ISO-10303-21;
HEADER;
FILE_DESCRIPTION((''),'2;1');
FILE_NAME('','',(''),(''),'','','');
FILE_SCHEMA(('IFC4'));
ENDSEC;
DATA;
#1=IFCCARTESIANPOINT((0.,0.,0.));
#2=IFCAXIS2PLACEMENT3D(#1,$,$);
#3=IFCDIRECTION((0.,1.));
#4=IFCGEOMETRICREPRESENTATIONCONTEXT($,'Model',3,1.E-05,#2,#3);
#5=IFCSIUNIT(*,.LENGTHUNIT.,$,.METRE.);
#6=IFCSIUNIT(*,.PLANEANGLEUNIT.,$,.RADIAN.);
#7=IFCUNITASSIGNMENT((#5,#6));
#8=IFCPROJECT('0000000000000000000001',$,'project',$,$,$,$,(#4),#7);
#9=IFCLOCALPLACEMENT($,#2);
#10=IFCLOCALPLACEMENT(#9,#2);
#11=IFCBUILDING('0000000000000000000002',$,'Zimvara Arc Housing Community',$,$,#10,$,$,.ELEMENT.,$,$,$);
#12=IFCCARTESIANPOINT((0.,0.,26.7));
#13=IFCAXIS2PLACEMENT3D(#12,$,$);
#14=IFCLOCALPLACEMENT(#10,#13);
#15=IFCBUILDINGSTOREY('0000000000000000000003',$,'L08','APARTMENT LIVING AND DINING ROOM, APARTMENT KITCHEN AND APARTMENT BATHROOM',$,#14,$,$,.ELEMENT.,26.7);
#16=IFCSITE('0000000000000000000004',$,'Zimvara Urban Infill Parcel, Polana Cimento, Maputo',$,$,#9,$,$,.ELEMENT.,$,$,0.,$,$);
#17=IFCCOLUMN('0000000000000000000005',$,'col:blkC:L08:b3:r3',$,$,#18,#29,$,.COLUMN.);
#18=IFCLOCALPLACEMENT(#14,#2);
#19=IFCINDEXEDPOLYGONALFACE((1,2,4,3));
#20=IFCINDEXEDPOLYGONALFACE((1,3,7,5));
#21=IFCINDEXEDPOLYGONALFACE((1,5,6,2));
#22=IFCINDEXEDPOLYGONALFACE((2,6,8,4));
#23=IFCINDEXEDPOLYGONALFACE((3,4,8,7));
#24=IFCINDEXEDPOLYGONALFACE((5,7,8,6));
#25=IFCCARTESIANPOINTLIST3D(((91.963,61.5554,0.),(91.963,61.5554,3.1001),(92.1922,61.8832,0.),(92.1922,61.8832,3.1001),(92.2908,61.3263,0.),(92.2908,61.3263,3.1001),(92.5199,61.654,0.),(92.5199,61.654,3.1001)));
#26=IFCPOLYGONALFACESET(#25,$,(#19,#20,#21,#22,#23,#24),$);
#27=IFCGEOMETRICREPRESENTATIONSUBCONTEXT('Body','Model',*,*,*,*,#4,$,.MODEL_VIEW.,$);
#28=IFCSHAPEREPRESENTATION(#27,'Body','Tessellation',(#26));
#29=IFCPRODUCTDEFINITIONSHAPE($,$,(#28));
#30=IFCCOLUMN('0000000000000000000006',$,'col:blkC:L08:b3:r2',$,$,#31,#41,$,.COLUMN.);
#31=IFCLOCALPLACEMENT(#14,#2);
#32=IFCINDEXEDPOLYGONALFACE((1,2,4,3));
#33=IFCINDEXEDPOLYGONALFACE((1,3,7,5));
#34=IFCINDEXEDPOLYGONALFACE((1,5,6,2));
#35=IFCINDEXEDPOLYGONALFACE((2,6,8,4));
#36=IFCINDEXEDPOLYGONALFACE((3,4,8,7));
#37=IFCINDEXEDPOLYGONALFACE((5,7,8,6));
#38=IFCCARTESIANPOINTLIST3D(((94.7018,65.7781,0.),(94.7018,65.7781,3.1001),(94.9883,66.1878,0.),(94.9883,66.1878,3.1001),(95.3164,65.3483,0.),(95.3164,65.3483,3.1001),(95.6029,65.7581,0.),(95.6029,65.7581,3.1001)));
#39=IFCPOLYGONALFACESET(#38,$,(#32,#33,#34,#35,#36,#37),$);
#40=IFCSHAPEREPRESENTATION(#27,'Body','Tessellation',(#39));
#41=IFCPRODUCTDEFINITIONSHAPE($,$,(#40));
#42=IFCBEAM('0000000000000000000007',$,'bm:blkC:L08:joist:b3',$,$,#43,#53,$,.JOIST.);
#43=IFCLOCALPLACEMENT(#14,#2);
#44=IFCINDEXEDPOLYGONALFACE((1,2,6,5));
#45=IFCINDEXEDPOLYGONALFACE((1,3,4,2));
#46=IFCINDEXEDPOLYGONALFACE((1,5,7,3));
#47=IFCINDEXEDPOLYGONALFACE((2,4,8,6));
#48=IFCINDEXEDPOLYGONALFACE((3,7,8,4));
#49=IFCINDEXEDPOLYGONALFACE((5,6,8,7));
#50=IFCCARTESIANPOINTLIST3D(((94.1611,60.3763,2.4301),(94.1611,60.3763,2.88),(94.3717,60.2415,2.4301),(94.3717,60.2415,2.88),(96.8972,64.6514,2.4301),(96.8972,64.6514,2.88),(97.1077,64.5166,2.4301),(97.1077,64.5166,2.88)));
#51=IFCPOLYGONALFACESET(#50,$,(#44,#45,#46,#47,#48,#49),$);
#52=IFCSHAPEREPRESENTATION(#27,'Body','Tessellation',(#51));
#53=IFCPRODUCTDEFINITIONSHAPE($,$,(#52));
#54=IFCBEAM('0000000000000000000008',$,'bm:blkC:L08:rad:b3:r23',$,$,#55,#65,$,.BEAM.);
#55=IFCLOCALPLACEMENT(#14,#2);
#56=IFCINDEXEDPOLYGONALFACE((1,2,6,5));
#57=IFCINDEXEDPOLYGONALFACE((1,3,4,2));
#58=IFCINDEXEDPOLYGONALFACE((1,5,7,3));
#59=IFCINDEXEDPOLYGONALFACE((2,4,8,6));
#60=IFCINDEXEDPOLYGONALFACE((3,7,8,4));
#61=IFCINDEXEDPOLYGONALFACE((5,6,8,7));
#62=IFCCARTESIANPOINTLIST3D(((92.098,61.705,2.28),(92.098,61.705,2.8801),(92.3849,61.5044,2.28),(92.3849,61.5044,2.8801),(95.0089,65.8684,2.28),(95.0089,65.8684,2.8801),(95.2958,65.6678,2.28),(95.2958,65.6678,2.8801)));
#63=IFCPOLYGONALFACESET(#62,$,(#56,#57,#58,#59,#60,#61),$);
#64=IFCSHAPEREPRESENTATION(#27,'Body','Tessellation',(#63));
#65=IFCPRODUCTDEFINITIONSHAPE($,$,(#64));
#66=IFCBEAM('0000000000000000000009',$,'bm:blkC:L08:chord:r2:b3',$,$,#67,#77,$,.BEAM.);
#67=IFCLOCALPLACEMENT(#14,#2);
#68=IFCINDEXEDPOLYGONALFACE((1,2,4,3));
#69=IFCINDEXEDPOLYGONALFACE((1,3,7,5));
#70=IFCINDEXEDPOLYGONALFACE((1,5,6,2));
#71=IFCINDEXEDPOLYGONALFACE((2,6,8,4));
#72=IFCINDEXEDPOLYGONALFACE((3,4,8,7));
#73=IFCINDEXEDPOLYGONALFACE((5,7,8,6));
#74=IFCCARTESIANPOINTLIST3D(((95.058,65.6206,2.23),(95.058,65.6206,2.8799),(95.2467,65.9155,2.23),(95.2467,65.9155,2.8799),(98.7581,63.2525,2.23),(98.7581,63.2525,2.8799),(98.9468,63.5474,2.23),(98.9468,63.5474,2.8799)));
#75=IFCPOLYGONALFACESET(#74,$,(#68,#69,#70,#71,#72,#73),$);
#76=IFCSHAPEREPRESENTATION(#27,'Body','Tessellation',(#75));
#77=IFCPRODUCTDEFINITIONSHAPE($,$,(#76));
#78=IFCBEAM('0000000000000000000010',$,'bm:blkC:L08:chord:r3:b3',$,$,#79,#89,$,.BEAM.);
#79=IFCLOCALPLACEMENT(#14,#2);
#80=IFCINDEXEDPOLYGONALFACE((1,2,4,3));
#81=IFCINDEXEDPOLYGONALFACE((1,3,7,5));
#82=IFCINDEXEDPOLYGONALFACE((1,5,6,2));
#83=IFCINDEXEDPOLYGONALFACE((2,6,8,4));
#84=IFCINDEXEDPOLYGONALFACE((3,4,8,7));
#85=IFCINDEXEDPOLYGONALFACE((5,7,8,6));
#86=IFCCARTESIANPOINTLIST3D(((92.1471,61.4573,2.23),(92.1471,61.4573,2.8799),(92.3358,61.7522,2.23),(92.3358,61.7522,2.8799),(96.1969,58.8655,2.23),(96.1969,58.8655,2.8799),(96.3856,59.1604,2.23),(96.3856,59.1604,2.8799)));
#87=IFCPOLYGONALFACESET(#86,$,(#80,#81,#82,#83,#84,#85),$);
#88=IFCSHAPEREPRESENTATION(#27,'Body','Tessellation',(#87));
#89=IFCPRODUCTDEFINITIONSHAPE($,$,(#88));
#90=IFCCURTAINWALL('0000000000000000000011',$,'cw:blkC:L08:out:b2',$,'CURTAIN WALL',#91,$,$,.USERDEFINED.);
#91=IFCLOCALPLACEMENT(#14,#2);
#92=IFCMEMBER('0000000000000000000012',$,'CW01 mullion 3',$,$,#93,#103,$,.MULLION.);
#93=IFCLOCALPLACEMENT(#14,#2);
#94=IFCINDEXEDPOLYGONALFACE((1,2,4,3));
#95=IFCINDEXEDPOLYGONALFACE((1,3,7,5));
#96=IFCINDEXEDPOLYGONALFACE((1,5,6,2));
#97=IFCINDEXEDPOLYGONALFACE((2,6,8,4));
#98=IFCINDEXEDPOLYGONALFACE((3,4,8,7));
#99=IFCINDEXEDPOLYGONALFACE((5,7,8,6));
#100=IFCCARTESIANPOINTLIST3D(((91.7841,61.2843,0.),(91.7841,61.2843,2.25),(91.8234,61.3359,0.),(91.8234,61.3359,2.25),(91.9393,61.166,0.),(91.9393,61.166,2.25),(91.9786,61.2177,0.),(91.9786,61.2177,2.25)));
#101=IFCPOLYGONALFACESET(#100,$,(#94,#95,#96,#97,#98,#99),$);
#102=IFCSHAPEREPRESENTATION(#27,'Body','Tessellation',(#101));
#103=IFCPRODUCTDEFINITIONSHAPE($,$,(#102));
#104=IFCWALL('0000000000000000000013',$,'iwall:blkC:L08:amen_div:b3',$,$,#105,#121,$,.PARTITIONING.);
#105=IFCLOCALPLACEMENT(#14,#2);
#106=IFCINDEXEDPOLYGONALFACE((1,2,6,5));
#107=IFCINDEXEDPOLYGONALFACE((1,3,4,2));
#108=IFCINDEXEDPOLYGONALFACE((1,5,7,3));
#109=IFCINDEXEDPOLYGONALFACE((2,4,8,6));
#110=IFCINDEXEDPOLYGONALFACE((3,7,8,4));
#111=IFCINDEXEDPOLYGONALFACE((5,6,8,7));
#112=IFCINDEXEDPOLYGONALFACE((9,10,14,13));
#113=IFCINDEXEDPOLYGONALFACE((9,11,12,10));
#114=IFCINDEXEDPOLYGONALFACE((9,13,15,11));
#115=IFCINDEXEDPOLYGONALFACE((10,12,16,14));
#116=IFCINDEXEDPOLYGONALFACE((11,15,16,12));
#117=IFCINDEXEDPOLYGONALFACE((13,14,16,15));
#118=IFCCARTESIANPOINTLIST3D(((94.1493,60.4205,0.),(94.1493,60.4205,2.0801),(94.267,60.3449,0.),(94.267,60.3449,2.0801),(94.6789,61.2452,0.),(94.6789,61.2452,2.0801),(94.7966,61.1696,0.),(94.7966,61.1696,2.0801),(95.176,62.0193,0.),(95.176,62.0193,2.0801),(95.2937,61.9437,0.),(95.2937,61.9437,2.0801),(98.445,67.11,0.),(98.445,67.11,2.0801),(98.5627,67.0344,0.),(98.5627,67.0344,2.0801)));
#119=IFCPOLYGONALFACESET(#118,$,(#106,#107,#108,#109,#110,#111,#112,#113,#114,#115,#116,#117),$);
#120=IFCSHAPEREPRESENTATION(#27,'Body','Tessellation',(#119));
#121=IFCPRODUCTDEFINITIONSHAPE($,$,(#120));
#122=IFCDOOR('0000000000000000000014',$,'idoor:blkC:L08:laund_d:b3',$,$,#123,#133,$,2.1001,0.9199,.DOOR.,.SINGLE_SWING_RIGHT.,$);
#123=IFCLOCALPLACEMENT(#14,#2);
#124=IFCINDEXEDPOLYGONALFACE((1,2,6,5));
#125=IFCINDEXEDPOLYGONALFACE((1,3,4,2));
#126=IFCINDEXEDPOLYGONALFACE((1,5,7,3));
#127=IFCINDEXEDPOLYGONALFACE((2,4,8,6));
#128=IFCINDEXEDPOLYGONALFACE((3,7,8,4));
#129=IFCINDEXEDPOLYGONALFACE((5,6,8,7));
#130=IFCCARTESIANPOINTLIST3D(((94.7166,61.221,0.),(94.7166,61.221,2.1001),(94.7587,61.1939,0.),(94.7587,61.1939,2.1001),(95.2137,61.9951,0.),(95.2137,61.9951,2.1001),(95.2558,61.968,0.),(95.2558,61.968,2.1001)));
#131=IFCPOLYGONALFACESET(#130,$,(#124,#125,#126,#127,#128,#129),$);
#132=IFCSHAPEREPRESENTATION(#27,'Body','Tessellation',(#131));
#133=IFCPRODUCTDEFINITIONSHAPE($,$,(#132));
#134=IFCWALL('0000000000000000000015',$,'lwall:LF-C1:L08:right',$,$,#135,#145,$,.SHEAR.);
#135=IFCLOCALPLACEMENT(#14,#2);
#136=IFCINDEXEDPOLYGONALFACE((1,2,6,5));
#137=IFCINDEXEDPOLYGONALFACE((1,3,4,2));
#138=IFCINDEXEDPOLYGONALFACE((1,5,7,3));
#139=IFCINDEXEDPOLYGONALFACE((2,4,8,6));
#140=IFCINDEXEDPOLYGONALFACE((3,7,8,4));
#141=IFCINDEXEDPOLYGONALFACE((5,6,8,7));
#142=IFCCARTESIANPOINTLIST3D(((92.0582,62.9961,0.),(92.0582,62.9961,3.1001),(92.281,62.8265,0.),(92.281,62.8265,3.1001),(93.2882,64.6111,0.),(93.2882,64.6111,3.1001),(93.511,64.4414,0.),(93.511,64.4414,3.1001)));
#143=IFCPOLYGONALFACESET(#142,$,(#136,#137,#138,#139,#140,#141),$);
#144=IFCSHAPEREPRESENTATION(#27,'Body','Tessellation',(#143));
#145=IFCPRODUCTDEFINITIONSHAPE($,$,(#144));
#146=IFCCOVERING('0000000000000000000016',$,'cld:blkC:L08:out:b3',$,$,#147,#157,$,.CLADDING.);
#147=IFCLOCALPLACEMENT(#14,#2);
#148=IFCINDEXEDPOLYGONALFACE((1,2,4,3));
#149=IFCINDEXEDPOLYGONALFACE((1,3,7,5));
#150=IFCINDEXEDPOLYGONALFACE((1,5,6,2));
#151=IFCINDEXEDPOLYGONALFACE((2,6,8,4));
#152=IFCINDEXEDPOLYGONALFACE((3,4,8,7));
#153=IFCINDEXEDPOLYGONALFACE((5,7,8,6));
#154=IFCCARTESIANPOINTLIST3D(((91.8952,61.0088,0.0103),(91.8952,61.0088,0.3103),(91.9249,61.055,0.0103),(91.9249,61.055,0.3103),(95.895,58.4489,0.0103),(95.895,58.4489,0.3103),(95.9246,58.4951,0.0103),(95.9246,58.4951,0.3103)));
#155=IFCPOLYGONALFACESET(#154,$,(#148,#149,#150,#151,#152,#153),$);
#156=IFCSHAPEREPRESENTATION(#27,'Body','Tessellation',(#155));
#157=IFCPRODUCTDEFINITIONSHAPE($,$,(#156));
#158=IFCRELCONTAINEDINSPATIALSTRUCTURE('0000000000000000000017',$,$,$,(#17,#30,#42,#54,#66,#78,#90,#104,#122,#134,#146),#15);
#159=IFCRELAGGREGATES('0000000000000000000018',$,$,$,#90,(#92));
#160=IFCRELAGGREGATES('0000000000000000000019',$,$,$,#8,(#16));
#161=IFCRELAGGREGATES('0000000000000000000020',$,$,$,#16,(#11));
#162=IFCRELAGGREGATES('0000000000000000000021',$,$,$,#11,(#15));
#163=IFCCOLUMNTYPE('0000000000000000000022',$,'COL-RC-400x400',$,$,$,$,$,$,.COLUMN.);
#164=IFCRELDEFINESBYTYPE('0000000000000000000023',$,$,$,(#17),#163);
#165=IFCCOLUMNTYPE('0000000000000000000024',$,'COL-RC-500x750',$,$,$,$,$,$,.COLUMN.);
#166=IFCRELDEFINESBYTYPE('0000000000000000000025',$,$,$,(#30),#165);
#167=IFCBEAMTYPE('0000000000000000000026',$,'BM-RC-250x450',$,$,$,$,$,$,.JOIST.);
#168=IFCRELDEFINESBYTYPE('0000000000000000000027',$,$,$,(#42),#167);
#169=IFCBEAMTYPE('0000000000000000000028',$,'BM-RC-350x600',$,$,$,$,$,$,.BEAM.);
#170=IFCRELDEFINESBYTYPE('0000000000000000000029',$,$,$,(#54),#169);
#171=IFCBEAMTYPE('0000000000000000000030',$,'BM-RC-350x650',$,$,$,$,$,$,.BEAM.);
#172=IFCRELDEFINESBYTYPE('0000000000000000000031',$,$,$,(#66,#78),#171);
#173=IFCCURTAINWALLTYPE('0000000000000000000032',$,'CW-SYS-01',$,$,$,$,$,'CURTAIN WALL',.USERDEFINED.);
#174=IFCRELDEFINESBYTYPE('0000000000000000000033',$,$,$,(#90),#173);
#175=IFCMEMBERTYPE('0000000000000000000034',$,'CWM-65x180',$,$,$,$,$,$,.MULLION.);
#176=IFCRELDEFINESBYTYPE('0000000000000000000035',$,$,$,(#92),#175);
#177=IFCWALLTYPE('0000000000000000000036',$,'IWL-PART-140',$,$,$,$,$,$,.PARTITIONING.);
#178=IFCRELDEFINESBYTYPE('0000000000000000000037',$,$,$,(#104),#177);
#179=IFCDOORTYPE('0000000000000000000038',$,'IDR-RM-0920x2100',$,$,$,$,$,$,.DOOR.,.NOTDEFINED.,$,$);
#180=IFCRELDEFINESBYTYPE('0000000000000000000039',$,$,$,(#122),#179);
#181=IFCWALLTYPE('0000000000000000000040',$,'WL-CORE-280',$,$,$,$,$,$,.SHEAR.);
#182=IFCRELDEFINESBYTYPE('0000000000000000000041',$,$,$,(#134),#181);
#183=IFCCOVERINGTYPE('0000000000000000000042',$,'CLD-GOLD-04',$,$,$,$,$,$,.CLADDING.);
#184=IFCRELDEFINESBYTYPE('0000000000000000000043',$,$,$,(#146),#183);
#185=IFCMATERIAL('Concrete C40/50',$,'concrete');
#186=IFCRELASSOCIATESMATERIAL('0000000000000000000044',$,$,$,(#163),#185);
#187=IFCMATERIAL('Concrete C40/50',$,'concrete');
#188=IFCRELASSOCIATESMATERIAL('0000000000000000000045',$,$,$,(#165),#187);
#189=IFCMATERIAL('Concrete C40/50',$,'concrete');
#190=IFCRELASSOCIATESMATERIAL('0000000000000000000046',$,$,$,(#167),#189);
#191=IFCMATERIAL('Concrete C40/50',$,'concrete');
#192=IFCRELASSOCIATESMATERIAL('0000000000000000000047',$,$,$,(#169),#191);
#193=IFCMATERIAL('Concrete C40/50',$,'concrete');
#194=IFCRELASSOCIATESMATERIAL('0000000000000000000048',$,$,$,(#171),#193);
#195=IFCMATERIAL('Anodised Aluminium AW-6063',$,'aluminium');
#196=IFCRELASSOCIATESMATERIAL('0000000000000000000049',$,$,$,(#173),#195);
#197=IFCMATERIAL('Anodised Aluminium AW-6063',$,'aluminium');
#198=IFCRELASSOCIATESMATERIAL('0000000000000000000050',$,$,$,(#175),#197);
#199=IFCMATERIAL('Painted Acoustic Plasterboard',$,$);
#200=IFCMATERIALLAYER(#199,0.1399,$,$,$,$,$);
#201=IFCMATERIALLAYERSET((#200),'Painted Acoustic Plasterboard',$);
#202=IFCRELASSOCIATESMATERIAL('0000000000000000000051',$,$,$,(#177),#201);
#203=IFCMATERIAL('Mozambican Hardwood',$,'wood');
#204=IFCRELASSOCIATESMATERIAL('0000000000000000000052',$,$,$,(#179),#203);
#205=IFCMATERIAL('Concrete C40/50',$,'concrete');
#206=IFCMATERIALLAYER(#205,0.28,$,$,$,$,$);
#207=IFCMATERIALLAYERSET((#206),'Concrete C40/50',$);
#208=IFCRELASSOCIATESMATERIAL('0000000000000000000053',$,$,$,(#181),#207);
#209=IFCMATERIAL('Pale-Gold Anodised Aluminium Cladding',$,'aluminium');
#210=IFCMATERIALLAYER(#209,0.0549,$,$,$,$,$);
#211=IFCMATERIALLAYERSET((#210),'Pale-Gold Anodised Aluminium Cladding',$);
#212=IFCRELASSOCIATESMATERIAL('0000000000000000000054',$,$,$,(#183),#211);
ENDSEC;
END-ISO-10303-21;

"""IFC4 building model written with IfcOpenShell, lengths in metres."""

from ifc_helpers import new_model, si_unit, direction, frame, frame_2d, origin, origin_2d, place, context, subcontext, project, spatial, rectangle, extrude, material, layer, layer_set, material_profile, profile_set, type_object, element, fill, aggregate, save


model = new_model("IFC4")

# Units and contexts
model_context = context("Model", 3, precision=1e-05, world=origin(), true_north=direction((0.0, 1.0)))
body_context = subcontext(model_context, "Body", "Model", "MODEL_VIEW")
ifc_project = project(units=[si_unit("LENGTHUNIT", "METRE"), si_unit("PLANEANGLEUNIT", "RADIAN")], contexts=[model_context])

# Site, building, storey
site_placement = place(None, origin())
site = spatial("IfcSite", under=ifc_project, at=site_placement, Name="Zimvara Urban Infill Parcel, Polana Cimento, Maputo", CompositionType="ELEMENT", RefElevation=0.0)
building_placement = place(site_placement, origin())
building = spatial("IfcBuilding", under=site, at=building_placement, Name="Zimvara Arc Housing Community", CompositionType="ELEMENT")
storey_placement = place(building_placement, frame((0.0, 0.0, 26.7)))
storey = spatial("IfcBuildingStorey", under=building, at=storey_placement, Name="L08", Description="APARTMENT LIVING AND DINING ROOM, APARTMENT KITCHEN AND APARTMENT BATHROOM", CompositionType="ELEMENT", Elevation=26.7)

# Columns
ifc_material_1 = material(Name="Concrete C40/50", Category="concrete")
ifc_material_profile_1 = material_profile(ifc_material_1, rectangle(XDim=0.3999, YDim=0.3999, at=origin_2d()), Name="RC 400x400")
ifc_profile_set_1 = profile_set([ifc_material_profile_1], Name="Concrete C40/50")
column_type_1 = type_object("IfcColumnType", Name="COL-RC-400x400", PredefinedType="COLUMN", material=ifc_profile_set_1)
column_1_placement = place(storey_placement, frame((92.2415, 61.6047, 0.0), z_axis=(0.0, 0.0, 1.0), x_axis=(-0.573004, -0.819552, 0.0)))
element("IfcColumn", 1, at=column_1_placement, inside=storey, type_object=column_type_1, Name="col:blkC:L08:b3:r3", PredefinedType="COLUMN", context=body_context, shape_type="SweptSolid", body=[
    extrude(rectangle(XDim=0.3999, YDim=0.3999, at=origin_2d()), origin(), (0.0, 0.0, 1.0), 3.1001),
])
ifc_material_2 = material(Name="Concrete C40/50", Category="concrete")
ifc_material_profile_2 = material_profile(ifc_material_2, rectangle(XDim=0.5, YDim=0.75, at=origin_2d()), Name="RC 500x750")
ifc_profile_set_2 = profile_set([ifc_material_profile_2], Name="Concrete C40/50")
column_type_2 = type_object("IfcColumnType", Name="COL-RC-500x750", PredefinedType="COLUMN", material=ifc_profile_set_2)
column_2_placement = place(storey_placement, frame((95.1523, 65.7681, 0.0), z_axis=(0.0, 0.0, 1.0), x_axis=(-0.573004, -0.819552, 0.0)))
element("IfcColumn", 2, at=column_2_placement, inside=storey, type_object=column_type_2, Name="col:blkC:L08:b3:r2", PredefinedType="COLUMN", context=body_context, shape_type="SweptSolid", body=[
    extrude(rectangle(XDim=0.5, YDim=0.75, at=origin_2d()), origin(), (0.0, 0.0, 1.0), 3.1001),
])

# Beams
ifc_material_3 = material(Name="Concrete C40/50", Category="concrete")
ifc_material_profile_3 = material_profile(ifc_material_3, rectangle(XDim=0.25, YDim=0.45, at=origin_2d()), Name="RC 250x450")
ifc_profile_set_3 = profile_set([ifc_material_profile_3], Name="Concrete C40/50")
beam_type_1 = type_object("IfcBeamType", Name="BM-RC-250x450", PredefinedType="JOIST", material=ifc_profile_set_3)
beam_1_placement = place(storey_placement, frame((97.0024, 64.584, 2.655), z_axis=(-0.539052, -0.842272, 0.0), x_axis=(0.842272, -0.539052, 0.0)))
element("IfcBeam", 3, at=beam_1_placement, inside=storey, type_object=beam_type_1, Name="bm:blkC:L08:joist:b3", PredefinedType="JOIST", context=body_context, shape_type="SweptSolid", body=[
    extrude(rectangle(XDim=0.25, YDim=0.45, at=origin_2d()), origin(), (0.0, 0.0, 1.0), 5.0757),
])
ifc_material_4 = material(Name="Concrete C40/50", Category="concrete")
ifc_material_profile_4 = material_profile(ifc_material_4, rectangle(XDim=0.3501, YDim=0.6001, at=origin_2d()), Name="RC 350x600")
ifc_profile_set_4 = profile_set([ifc_material_profile_4], Name="Concrete C40/50")
beam_type_2 = type_object("IfcBeamType", Name="BM-RC-350x600", PredefinedType="BEAM", material=ifc_profile_set_4)
beam_2_placement = place(storey_placement, frame((95.1523, 65.7681, 2.5801), z_axis=(-0.573007, -0.81955, 0.0), x_axis=(0.81955, -0.573007, 0.0)))
element("IfcBeam", 4, at=beam_2_placement, inside=storey, type_object=beam_type_2, Name="bm:blkC:L08:rad:b3:r23", PredefinedType="BEAM", context=body_context, shape_type="SweptSolid", body=[
    extrude(rectangle(XDim=0.3501, YDim=0.6001, at=origin_2d()), origin(), (0.0, 0.0, 1.0), 5.0801),
])
ifc_material_5 = material(Name="Concrete C40/50", Category="concrete")
ifc_material_profile_5 = material_profile(ifc_material_5, rectangle(XDim=0.3501, YDim=0.6499, at=origin_2d()), Name="RC 350x650")
ifc_profile_set_5 = profile_set([ifc_material_profile_5], Name="Concrete C40/50")
beam_type_3 = type_object("IfcBeamType", Name="BM-RC-350x650", PredefinedType="BEAM", material=ifc_profile_set_5)
beam_3_placement = place(storey_placement, frame((95.1523, 65.7681, 2.5549), z_axis=(0.842267, -0.53906, 0.0), x_axis=(0.53906, 0.842267, 0.0)))
element("IfcBeam", 5, at=beam_3_placement, inside=storey, type_object=beam_type_3, Name="bm:blkC:L08:chord:r2:b3", PredefinedType="BEAM", context=body_context, shape_type="SweptSolid", body=[
    extrude(rectangle(XDim=0.3501, YDim=0.6499, at=origin_2d()), origin(), (0.0, 0.0, 1.0), 4.3931),
])
beam_4_placement = place(storey_placement, frame((92.2415, 61.6047, 2.5549), z_axis=(0.842279, -0.539042, 0.0), x_axis=(0.539042, 0.842279, 0.0)))
element("IfcBeam", 6, at=beam_4_placement, inside=storey, type_object=beam_type_3, Name="bm:blkC:L08:chord:r3:b3", PredefinedType="BEAM", context=body_context, shape_type="SweptSolid", body=[
    extrude(rectangle(XDim=0.3501, YDim=0.6499, at=origin_2d()), origin(), (0.0, 0.0, 1.0), 4.8081),
])

# Curtain wall, member
ifc_material_6 = material(Name="Anodised Aluminium AW-6063", Category="aluminium")
curtain_wall_type = type_object("IfcCurtainWallType", Name="CW-SYS-01", ElementType="CURTAIN WALL", PredefinedType="USERDEFINED", material=ifc_material_6)
curtain_wall_placement = place(storey_placement, origin())
curtain_wall = element("IfcCurtainWall", 7, at=curtain_wall_placement, inside=storey, type_object=curtain_wall_type, Name="cw:blkC:L08:out:b2", ObjectType="CURTAIN WALL", PredefinedType="USERDEFINED")
ifc_material_7 = material(Name="Anodised Aluminium AW-6063", Category="aluminium")
ifc_material_profile_6 = material_profile(ifc_material_7, rectangle(XDim=0.0649, YDim=0.1951, at=origin_2d()), Name="ALU 65x195")
ifc_profile_set_6 = profile_set([ifc_material_profile_6], Name="Anodised Aluminium AW-6063")
member_type = type_object("IfcMemberType", Name="CWM-65x180", PredefinedType="MULLION", material=ifc_profile_set_6)
member_placement = place(storey_placement, frame((91.8813, 61.251, 0.0), z_axis=(0.0, 0.0, 1.0), x_axis=(0.605988, 0.795474, 0.0)))
member = element("IfcMember", 8, at=member_placement, type_object=member_type, Name="CW01 mullion 3", PredefinedType="MULLION", context=body_context, shape_type="SweptSolid", body=[
    extrude(rectangle(XDim=0.0649, YDim=0.1951, at=origin_2d()), origin(), (0.0, 0.0, 1.0), 2.25),
])
aggregate(curtain_wall, [member])

# Wall, opening, door
ifc_material_8 = material(Name="Painted Acoustic Plasterboard")
ifc_layer_1 = layer(ifc_material_8, 0.1399)
ifc_layer_set_1 = layer_set([ifc_layer_1], Name="Painted Acoustic Plasterboard")
wall_type_1 = type_object("IfcWallType", Name="IWL-PART-140", PredefinedType="PARTITIONING", material=ifc_layer_set_1)
wall_1_placement = place(storey_placement, frame((98.5039, 67.0723, 0.0), z_axis=(0.0, 0.0, 1.0), x_axis=(-0.540338, -0.841448, 0.0)))
wall_1 = element("IfcWall", 9, at=wall_1_placement, inside=storey, type_object=wall_type_1, Name="iwall:blkC:L08:amen_div:b3", PredefinedType="PARTITIONING", context=body_context, shape_type="SweptSolid", body=[
    extrude(rectangle(XDim=7.95, YDim=0.1399, at=frame_2d((3.9751, 0.0))), origin(), (0.0, 0.0, 1.0), 2.0801),
])
opening_1_placement = place(wall_1_placement, frame((6.05, 0.0, 0.0)))
opening_1 = element("IfcOpeningElement", 10, at=opening_1_placement, cuts=wall_1, PredefinedType="OPENING", context=body_context, shape_type="SweptSolid", body=[
    extrude(rectangle(XDim=0.9199, YDim=2.1001, at=frame_2d((0.46, 1.05))), frame((0.0, 0.0798, 0.0), z_axis=(0.0, -1.0, 0.0), x_axis=(1.0, 0.0, 0.0)), (0.0, 0.0, 1.0), 0.1599),
])
ifc_material_9 = material(Name="Mozambican Hardwood", Category="wood")
door_type_1 = type_object("IfcDoorType", Name="IDR-RM-0920x2100", OperationType="NOTDEFINED", PredefinedType="DOOR", material=ifc_material_9)
door_1_placement = place(opening_1_placement, origin())
door_1 = element("IfcDoor", 11, at=door_1_placement, inside=storey, type_object=door_type_1, Name="idoor:blkC:L08:laund_d:b3", OperationType="SINGLE_SWING_RIGHT", OverallHeight=2.1001, OverallWidth=0.9199, PredefinedType="DOOR", context=body_context, shape_type="SweptSolid", body=[
    extrude(rectangle(XDim=0.9199, YDim=2.1001, at=frame_2d((0.46, 1.05))), frame((0.0, 0.0249, 0.0), z_axis=(0.0, -1.0, 0.0), x_axis=(1.0, 0.0, 0.0)), (0.0, 0.0, 1.0), 0.05),
])
fill(opening_1, door_1)

# Wall
ifc_material_10 = material(Name="Concrete C40/50", Category="concrete")
ifc_layer_2 = layer(ifc_material_10, 0.28)
ifc_layer_set_2 = layer_set([ifc_layer_2], Name="Concrete C40/50")
wall_type_2 = type_object("IfcWallType", Name="WL-CORE-280", PredefinedType="SHEAR", material=ifc_layer_set_2)
wall_2_placement = place(storey_placement, frame((93.3997, 64.5264, 0.0), z_axis=(0.0, 0.0, 1.0), x_axis=(-0.605891, -0.795548, 0.0)))
element("IfcWall", 12, at=wall_2_placement, inside=storey, type_object=wall_type_2, Name="lwall:LF-C1:L08:right", PredefinedType="SHEAR", context=body_context, shape_type="SweptSolid", body=[
    extrude(rectangle(XDim=2.03, YDim=0.28, at=frame_2d((1.0151, 0.0))), origin(), (0.0, 0.0, 1.0), 3.1001),
])

# Covering
ifc_material_11 = material(Name="Pale-Gold Anodised Aluminium Cladding", Category="aluminium")
ifc_layer_3 = layer(ifc_material_11, 0.0549)
ifc_layer_set_3 = layer_set([ifc_layer_3], Name="Pale-Gold Anodised Aluminium Cladding")
covering_type = type_object("IfcCoveringType", Name="CLD-GOLD-04", PredefinedType="CLADDING", material=ifc_layer_set_3)
covering_placement = place(storey_placement, frame((93.9099, 59.752, 0.0103), z_axis=(0.0, 0.0, 1.0), x_axis=(0.842265, -0.539063, 0.0)))
element("IfcCovering", 13, at=covering_placement, inside=storey, type_object=covering_type, Name="cld:blkC:L08:out:b3", PredefinedType="CLADDING", context=body_context, shape_type="SweptSolid", body=[
    extrude(rectangle(XDim=4.7488, YDim=0.0549, at=origin_2d()), origin(), (0.0, 0.0, 1.0), 0.3),
])

save(model, "model.ifc")
